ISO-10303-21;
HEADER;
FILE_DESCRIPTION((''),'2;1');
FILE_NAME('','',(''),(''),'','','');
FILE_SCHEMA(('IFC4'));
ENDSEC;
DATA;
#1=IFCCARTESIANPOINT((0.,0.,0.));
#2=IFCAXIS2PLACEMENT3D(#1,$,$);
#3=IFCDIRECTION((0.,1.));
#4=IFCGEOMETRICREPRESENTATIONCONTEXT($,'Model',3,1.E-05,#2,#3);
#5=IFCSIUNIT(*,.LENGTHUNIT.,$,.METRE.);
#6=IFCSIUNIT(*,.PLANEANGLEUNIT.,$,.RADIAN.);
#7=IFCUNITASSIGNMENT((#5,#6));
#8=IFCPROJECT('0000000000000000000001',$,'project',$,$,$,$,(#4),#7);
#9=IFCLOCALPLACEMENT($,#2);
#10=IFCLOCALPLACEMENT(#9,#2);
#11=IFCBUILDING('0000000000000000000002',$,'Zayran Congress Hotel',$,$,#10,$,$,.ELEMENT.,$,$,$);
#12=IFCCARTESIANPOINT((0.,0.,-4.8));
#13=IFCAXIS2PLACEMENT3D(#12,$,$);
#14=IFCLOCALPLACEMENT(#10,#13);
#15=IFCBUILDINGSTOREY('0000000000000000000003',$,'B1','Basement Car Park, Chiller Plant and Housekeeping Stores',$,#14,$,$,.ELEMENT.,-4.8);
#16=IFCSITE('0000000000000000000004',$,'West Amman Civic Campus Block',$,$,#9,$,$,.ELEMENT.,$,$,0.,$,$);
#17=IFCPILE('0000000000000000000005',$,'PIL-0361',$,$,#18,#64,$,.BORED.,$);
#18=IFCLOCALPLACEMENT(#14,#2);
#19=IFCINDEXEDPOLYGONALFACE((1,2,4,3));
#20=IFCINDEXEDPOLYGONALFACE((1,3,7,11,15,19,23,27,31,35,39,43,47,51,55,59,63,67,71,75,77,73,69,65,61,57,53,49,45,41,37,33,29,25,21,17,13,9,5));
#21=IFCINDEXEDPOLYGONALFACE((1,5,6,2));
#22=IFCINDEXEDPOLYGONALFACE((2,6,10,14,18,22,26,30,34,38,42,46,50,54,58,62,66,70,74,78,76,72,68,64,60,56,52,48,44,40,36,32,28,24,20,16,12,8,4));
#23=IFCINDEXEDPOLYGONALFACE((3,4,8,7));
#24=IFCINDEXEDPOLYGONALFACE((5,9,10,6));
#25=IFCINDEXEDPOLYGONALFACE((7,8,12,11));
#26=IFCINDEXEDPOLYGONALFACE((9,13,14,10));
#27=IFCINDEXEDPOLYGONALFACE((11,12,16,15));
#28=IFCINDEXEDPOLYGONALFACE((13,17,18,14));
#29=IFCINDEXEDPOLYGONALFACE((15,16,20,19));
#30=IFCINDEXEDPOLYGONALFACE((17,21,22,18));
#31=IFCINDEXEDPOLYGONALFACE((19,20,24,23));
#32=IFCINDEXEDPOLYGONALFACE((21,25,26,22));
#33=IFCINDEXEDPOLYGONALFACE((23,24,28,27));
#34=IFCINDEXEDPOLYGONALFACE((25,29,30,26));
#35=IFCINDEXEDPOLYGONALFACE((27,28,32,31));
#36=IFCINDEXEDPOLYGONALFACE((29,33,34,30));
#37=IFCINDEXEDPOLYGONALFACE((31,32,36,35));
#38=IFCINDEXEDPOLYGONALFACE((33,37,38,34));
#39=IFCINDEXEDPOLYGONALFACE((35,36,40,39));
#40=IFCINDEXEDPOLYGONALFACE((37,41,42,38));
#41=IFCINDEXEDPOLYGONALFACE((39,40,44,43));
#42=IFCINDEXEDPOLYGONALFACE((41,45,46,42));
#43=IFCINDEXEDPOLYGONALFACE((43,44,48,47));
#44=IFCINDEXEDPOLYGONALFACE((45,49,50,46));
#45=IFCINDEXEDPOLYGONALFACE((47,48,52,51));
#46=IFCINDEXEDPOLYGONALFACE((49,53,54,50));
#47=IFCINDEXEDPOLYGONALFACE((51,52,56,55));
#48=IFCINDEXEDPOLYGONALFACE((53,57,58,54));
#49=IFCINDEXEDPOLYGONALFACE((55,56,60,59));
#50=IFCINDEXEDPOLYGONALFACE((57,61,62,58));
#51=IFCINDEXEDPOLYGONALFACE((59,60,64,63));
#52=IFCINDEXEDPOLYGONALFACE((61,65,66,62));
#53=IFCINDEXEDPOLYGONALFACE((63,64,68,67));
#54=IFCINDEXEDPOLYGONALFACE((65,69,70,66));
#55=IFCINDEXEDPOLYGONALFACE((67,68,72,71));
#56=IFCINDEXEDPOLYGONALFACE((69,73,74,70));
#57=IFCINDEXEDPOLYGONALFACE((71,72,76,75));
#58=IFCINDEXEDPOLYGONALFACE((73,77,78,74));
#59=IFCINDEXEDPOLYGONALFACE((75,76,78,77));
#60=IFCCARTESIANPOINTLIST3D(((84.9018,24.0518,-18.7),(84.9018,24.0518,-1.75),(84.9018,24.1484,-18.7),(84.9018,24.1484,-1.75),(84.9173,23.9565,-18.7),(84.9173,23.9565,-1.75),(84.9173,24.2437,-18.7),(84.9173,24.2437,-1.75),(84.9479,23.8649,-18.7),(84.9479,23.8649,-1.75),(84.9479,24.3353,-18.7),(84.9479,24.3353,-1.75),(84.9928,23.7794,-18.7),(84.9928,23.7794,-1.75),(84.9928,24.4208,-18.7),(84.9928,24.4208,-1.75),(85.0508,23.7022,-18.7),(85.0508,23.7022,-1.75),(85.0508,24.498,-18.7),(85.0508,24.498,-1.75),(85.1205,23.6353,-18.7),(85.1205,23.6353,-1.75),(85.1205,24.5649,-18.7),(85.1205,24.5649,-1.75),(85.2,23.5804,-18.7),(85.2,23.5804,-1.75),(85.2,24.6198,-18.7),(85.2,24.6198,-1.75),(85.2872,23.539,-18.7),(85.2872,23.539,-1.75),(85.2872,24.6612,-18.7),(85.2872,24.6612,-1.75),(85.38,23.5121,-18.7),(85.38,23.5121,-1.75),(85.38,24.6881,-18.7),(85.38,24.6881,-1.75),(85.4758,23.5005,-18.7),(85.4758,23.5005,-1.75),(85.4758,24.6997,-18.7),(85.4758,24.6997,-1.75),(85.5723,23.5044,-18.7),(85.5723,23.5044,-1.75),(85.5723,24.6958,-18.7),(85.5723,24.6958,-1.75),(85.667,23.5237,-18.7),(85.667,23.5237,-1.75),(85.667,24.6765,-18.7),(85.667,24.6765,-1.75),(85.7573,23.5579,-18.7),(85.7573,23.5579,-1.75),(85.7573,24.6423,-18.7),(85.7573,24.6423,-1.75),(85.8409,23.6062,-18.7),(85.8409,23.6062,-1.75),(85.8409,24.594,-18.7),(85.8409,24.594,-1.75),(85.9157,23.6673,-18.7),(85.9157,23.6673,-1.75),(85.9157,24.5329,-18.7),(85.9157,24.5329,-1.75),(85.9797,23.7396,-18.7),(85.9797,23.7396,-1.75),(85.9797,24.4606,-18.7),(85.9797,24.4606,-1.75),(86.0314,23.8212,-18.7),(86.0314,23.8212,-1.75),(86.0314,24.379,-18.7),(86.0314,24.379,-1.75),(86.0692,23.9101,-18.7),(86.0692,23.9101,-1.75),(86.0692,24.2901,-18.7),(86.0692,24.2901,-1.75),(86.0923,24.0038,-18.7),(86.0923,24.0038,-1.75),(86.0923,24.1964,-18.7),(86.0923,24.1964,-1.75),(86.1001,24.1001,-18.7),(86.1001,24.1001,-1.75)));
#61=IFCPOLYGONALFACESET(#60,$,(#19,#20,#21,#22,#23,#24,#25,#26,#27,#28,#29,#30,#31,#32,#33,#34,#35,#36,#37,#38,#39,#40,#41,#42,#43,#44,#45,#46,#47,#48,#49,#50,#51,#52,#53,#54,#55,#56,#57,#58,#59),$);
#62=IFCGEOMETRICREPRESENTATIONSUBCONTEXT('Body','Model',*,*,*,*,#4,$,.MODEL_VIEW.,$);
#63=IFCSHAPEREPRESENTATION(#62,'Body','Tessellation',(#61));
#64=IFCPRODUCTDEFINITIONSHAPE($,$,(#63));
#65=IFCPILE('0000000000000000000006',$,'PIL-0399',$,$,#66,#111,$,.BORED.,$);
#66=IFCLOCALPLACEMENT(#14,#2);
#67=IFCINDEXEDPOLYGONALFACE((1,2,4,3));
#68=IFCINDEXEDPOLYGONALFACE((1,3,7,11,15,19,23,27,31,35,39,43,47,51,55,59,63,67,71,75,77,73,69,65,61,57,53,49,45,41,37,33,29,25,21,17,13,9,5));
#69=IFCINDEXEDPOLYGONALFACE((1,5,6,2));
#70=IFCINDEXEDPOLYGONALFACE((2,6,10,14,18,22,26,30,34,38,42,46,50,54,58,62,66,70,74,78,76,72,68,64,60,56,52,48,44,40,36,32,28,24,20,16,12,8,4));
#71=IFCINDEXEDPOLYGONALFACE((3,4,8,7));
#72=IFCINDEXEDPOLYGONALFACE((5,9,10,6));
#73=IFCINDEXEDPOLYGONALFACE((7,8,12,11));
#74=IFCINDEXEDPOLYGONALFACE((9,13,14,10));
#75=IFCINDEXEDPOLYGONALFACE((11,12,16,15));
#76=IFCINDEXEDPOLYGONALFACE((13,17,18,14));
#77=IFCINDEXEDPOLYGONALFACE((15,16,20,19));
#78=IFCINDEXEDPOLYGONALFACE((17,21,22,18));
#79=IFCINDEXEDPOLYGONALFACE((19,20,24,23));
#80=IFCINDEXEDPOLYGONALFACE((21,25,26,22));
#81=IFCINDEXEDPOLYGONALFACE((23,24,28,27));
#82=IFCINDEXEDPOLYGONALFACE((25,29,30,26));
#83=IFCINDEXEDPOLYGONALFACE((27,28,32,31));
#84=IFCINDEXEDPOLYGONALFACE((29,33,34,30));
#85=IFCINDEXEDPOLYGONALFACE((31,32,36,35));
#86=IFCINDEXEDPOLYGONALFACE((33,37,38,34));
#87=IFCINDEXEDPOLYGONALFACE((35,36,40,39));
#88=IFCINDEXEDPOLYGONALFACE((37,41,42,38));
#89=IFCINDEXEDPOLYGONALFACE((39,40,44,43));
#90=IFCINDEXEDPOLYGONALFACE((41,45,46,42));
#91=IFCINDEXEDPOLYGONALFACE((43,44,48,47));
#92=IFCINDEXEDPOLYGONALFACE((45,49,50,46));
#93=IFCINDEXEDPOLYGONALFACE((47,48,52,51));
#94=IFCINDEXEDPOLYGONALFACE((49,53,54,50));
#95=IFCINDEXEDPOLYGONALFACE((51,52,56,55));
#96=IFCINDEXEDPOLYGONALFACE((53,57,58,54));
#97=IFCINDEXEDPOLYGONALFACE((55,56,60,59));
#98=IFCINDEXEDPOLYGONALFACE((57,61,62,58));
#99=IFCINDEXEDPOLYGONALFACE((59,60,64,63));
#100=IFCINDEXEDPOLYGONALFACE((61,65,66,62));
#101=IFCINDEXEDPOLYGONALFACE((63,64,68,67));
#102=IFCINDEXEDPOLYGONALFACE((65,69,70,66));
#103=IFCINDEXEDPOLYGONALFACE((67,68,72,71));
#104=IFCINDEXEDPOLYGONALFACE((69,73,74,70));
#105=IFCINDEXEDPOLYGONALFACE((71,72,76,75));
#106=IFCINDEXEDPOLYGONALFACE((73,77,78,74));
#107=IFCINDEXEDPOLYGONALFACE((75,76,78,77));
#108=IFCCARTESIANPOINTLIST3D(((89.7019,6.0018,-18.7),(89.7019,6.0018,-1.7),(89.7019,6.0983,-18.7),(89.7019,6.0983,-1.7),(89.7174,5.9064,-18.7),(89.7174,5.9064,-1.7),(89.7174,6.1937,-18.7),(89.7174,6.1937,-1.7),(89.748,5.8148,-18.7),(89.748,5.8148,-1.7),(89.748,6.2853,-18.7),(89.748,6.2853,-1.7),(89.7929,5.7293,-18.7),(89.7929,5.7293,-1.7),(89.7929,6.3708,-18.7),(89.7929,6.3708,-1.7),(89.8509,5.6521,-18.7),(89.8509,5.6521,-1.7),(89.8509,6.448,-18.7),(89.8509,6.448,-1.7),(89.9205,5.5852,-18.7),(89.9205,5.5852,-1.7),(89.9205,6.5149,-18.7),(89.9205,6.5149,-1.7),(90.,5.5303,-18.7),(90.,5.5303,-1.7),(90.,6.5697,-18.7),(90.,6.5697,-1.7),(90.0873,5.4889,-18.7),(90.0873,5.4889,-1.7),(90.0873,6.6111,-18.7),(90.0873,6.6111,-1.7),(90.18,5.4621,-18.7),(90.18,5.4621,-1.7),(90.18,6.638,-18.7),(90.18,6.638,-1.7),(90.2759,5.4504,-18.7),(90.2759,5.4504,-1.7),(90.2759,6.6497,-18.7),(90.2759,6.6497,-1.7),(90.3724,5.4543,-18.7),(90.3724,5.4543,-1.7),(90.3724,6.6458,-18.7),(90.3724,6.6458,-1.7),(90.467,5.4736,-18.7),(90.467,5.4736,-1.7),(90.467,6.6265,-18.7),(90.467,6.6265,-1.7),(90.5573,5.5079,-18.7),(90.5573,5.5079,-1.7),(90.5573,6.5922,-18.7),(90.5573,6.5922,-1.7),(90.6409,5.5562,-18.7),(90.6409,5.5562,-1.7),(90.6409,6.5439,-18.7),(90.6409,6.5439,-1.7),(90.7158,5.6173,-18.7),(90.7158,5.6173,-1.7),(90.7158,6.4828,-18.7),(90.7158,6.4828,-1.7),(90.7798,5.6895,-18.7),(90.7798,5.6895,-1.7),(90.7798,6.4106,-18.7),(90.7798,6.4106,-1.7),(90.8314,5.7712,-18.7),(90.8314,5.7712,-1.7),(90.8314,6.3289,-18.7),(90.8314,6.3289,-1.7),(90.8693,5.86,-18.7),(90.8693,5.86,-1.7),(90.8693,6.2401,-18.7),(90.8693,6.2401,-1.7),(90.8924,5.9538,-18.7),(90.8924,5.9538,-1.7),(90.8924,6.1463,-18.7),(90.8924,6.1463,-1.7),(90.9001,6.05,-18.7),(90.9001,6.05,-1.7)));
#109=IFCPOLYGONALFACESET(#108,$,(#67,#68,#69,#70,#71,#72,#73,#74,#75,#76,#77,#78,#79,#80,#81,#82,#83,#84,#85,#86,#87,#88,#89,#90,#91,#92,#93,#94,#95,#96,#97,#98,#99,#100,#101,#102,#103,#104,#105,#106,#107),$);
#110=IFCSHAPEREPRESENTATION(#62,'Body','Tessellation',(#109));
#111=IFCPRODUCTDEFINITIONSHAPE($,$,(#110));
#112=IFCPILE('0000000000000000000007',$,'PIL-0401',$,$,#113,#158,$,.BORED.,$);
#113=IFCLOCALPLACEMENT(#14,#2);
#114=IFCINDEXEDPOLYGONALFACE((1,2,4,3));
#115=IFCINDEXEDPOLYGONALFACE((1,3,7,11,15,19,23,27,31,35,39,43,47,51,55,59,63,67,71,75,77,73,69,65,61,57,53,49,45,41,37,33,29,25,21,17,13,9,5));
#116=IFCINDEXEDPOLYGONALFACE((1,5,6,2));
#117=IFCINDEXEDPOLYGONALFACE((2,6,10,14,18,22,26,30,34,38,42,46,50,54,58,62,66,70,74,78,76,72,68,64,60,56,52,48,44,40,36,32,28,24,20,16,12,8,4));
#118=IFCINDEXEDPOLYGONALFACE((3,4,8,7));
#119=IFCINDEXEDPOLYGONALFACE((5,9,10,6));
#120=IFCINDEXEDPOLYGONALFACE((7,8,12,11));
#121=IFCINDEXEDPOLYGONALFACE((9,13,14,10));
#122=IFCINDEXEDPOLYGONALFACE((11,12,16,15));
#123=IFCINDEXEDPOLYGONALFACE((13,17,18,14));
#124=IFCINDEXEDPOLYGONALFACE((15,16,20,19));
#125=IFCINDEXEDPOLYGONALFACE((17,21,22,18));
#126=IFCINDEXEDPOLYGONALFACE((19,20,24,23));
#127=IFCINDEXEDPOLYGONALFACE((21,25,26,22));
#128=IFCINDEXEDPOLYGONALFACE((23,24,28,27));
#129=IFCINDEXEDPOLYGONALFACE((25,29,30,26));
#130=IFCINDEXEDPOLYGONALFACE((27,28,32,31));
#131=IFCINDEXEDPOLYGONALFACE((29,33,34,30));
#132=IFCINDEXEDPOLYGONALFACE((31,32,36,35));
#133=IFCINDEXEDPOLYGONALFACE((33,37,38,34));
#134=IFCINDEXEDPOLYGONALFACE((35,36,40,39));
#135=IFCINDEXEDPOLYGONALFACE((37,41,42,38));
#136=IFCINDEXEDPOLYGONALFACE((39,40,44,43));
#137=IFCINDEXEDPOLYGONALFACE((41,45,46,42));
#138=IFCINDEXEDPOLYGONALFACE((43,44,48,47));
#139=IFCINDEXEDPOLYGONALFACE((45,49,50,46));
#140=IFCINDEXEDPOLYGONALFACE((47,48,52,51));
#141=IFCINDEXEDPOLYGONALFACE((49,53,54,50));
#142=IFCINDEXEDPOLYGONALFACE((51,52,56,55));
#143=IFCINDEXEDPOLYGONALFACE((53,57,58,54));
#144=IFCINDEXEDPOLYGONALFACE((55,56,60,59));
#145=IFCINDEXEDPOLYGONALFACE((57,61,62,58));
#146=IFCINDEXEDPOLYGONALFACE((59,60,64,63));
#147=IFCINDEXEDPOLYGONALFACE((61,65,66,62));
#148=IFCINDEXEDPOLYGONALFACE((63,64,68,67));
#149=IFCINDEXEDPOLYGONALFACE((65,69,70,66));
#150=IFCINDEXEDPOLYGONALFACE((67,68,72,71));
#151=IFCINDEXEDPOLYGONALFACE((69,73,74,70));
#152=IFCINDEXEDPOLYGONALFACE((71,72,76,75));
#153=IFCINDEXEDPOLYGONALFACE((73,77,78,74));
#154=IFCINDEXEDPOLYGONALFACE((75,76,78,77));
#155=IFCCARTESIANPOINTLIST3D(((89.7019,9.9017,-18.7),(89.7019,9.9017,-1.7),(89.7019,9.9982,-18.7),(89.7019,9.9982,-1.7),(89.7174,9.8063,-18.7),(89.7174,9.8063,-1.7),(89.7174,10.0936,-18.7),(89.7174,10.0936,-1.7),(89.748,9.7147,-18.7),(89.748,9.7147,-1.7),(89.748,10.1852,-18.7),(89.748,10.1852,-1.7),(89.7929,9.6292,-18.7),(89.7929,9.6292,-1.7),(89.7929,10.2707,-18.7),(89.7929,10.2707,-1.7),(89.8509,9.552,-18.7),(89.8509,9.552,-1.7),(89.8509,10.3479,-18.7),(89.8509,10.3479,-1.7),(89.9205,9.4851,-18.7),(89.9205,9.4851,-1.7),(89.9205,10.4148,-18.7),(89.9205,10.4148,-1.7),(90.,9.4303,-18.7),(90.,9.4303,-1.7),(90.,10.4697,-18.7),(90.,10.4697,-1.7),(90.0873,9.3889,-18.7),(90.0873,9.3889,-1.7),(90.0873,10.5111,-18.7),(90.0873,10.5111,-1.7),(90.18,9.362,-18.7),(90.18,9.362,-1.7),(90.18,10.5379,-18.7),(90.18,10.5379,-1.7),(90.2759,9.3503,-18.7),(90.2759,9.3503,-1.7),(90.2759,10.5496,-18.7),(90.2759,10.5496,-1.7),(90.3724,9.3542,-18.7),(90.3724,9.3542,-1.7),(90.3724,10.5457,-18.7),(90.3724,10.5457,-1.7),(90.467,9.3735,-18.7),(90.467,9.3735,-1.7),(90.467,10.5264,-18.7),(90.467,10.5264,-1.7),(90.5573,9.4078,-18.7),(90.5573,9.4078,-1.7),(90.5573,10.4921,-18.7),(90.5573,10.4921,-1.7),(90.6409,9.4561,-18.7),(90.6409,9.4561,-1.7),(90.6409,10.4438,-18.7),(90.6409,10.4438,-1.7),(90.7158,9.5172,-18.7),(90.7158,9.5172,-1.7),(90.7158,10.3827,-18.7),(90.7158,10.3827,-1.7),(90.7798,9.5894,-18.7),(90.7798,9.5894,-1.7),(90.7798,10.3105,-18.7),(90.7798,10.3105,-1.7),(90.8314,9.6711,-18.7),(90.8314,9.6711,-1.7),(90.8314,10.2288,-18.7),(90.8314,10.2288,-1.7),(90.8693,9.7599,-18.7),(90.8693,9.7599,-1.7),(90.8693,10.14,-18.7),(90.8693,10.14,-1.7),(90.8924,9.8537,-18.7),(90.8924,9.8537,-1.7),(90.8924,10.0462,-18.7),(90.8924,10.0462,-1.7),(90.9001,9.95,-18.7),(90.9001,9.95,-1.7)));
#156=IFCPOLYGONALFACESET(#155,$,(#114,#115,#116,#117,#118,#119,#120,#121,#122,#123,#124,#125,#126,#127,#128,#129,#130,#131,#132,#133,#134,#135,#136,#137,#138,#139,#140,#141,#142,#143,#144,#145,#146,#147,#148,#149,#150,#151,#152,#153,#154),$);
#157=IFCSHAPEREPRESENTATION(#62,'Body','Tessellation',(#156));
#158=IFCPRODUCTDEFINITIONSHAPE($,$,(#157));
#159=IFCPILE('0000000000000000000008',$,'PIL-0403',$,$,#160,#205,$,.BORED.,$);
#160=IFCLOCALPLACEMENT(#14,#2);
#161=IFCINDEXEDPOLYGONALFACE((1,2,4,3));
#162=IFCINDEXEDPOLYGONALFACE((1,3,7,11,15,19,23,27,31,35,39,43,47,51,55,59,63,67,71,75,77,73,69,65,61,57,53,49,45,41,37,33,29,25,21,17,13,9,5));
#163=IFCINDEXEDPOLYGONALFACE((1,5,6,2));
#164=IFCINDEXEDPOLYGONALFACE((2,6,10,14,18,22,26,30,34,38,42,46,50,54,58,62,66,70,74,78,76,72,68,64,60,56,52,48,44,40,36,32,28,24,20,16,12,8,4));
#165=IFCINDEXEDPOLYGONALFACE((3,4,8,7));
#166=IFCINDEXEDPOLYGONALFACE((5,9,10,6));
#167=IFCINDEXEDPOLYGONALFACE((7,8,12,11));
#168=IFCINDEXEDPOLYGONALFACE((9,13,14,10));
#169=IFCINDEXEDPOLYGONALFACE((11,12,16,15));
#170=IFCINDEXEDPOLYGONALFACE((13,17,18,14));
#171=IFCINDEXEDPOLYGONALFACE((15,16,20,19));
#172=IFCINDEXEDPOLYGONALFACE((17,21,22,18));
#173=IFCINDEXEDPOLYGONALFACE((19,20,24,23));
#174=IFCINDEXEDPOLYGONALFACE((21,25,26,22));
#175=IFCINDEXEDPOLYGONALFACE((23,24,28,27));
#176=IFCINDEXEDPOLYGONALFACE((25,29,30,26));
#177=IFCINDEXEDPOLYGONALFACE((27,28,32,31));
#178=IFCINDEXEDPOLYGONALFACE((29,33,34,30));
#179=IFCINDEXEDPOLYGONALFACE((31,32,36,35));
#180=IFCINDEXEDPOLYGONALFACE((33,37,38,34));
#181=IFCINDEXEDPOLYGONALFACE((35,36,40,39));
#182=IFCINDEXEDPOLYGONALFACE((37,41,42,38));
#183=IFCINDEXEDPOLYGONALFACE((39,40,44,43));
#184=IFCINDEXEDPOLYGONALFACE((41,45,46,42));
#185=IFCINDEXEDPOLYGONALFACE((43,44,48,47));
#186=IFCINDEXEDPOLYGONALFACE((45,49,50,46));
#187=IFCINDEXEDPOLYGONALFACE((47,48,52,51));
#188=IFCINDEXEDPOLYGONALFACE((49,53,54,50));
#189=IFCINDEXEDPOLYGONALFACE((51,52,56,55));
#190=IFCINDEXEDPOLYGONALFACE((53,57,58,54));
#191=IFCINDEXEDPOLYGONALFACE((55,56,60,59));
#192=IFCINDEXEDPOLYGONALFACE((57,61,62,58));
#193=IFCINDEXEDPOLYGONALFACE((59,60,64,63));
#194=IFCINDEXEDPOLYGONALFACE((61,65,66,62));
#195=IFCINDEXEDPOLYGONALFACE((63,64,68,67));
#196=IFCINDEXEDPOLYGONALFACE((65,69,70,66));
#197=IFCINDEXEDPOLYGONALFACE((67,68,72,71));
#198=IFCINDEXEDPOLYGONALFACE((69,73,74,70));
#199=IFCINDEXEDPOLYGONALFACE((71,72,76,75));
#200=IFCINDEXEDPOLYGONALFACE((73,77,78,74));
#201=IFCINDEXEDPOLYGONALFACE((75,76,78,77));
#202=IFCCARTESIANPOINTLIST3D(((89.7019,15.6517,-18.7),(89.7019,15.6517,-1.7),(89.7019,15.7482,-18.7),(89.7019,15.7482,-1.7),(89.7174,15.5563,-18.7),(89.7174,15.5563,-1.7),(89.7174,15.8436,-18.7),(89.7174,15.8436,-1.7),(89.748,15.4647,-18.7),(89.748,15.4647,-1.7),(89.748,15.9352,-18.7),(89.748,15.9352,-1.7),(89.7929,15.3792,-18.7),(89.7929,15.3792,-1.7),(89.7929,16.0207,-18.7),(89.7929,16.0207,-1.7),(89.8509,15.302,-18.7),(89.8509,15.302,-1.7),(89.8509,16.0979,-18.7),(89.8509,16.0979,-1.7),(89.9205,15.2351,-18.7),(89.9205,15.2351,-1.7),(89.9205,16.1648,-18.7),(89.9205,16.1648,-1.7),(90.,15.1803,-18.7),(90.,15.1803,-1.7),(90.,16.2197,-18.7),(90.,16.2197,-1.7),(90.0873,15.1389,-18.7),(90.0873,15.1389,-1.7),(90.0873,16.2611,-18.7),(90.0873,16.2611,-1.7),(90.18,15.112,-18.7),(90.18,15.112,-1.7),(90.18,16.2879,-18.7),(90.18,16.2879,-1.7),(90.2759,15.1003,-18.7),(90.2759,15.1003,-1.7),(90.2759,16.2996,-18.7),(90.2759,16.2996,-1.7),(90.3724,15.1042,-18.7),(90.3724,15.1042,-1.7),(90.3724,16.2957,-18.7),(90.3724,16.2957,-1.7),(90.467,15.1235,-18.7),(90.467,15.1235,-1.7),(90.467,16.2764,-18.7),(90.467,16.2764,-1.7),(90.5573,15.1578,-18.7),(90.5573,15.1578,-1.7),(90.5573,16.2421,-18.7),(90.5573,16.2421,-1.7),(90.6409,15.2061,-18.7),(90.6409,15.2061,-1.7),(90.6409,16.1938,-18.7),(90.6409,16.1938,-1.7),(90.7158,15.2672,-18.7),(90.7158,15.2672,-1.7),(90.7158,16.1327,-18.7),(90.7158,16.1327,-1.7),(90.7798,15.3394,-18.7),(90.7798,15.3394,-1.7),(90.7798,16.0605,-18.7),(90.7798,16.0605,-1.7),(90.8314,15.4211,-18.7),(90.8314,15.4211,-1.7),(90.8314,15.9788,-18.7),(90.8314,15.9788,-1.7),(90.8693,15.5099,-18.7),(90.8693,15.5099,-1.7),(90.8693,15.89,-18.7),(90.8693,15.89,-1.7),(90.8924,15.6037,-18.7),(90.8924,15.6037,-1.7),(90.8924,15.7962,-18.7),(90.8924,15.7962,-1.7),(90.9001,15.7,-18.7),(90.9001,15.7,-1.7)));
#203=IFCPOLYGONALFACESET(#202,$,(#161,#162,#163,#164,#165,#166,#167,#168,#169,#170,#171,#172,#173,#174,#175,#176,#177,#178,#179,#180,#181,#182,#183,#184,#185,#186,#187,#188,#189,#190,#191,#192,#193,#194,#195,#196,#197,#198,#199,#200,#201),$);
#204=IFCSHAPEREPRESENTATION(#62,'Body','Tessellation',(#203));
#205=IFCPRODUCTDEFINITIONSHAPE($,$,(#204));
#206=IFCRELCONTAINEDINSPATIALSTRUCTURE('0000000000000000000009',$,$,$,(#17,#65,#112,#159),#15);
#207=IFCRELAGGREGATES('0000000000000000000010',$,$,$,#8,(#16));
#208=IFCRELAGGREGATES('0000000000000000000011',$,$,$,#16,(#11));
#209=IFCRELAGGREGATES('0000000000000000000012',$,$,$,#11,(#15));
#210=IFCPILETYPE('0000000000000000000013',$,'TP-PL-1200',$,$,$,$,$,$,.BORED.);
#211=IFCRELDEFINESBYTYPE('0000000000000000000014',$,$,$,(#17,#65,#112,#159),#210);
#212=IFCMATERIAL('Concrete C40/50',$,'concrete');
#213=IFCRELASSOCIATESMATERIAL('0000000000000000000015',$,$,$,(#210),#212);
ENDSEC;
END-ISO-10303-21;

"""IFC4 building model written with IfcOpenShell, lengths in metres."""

from ifc_helpers import new_model, si_unit, direction, frame, origin, origin_2d, place, context, subcontext, project, spatial, circle, extrude, material, material_profile, profile_set, type_object, element, save


model = new_model("IFC4")

# Units and contexts
model_context = context("Model", 3, precision=1e-05, world=origin(), true_north=direction((0.0, 1.0)))
body_context = subcontext(model_context, "Body", "Model", "MODEL_VIEW")
ifc_project = project(units=[si_unit("LENGTHUNIT", "METRE"), si_unit("PLANEANGLEUNIT", "RADIAN")], contexts=[model_context])

# Site, building, storey
site_placement = place(None, origin())
site = spatial("IfcSite", under=ifc_project, at=site_placement, Name="West Amman Civic Campus Block", CompositionType="ELEMENT", RefElevation=0.0)
building_placement = place(site_placement, origin())
building = spatial("IfcBuilding", under=site, at=building_placement, Name="Zayran Congress Hotel", CompositionType="ELEMENT")
storey_placement = place(building_placement, frame((0.0, 0.0, -4.8)))
storey = spatial("IfcBuildingStorey", under=building, at=storey_placement, Name="B1", Description="Basement Car Park, Chiller Plant and Housekeeping Stores", CompositionType="ELEMENT", Elevation=-4.8)

# Piles
ifc_material_1 = material(Name="Concrete C40/50", Category="concrete")
ifc_material_profile_1 = material_profile(ifc_material_1, circle(Radius=0.6001, at=origin_2d()), Name="PILE D1200")
ifc_profile_set_1 = profile_set([ifc_material_profile_1], Name="Concrete C40/50")
pile_type = type_object("IfcPileType", Name="TP-PL-1200", PredefinedType="BORED", material=ifc_profile_set_1)
for number, where, z_axis, x_axis, name in (
    (1, (85.5, 24.1001, -1.75), (0.0, 0.0, -1.0), (1.0, 0.0, 0.0), "PIL-0361"),
):
    element("IfcPile", number, at=place(storey_placement, frame(where, z_axis=z_axis, x_axis=x_axis)), inside=storey, type_object=pile_type, Name=name, PredefinedType="BORED", context=body_context, shape_type="SweptSolid", body=[
        extrude(circle(Radius=0.6001, at=origin_2d()), origin(), (0.0, 0.0, 1.0), 16.95),
    ])
for number, where, z_axis, x_axis, name in (
    (2, (90.3, 6.05, -1.7), (0.0, 0.0, -1.0), (1.0, 0.0, 0.0), "PIL-0399"),
    (3, (90.3, 9.95, -1.7), (0.0, 0.0, -1.0), (1.0, 0.0, 0.0), "PIL-0401"),
    (4, (90.3, 15.7, -1.7), (0.0, 0.0, -1.0), (1.0, 0.0, 0.0), "PIL-0403"),
):
    element("IfcPile", number, at=place(storey_placement, frame(where, z_axis=z_axis, x_axis=x_axis)), inside=storey, type_object=pile_type, Name=name, PredefinedType="BORED", context=body_context, shape_type="SweptSolid", body=[
        extrude(circle(Radius=0.6001, at=origin_2d()), origin(), (0.0, 0.0, 1.0), 17.0),
    ])

save(model, "model.ifc")
